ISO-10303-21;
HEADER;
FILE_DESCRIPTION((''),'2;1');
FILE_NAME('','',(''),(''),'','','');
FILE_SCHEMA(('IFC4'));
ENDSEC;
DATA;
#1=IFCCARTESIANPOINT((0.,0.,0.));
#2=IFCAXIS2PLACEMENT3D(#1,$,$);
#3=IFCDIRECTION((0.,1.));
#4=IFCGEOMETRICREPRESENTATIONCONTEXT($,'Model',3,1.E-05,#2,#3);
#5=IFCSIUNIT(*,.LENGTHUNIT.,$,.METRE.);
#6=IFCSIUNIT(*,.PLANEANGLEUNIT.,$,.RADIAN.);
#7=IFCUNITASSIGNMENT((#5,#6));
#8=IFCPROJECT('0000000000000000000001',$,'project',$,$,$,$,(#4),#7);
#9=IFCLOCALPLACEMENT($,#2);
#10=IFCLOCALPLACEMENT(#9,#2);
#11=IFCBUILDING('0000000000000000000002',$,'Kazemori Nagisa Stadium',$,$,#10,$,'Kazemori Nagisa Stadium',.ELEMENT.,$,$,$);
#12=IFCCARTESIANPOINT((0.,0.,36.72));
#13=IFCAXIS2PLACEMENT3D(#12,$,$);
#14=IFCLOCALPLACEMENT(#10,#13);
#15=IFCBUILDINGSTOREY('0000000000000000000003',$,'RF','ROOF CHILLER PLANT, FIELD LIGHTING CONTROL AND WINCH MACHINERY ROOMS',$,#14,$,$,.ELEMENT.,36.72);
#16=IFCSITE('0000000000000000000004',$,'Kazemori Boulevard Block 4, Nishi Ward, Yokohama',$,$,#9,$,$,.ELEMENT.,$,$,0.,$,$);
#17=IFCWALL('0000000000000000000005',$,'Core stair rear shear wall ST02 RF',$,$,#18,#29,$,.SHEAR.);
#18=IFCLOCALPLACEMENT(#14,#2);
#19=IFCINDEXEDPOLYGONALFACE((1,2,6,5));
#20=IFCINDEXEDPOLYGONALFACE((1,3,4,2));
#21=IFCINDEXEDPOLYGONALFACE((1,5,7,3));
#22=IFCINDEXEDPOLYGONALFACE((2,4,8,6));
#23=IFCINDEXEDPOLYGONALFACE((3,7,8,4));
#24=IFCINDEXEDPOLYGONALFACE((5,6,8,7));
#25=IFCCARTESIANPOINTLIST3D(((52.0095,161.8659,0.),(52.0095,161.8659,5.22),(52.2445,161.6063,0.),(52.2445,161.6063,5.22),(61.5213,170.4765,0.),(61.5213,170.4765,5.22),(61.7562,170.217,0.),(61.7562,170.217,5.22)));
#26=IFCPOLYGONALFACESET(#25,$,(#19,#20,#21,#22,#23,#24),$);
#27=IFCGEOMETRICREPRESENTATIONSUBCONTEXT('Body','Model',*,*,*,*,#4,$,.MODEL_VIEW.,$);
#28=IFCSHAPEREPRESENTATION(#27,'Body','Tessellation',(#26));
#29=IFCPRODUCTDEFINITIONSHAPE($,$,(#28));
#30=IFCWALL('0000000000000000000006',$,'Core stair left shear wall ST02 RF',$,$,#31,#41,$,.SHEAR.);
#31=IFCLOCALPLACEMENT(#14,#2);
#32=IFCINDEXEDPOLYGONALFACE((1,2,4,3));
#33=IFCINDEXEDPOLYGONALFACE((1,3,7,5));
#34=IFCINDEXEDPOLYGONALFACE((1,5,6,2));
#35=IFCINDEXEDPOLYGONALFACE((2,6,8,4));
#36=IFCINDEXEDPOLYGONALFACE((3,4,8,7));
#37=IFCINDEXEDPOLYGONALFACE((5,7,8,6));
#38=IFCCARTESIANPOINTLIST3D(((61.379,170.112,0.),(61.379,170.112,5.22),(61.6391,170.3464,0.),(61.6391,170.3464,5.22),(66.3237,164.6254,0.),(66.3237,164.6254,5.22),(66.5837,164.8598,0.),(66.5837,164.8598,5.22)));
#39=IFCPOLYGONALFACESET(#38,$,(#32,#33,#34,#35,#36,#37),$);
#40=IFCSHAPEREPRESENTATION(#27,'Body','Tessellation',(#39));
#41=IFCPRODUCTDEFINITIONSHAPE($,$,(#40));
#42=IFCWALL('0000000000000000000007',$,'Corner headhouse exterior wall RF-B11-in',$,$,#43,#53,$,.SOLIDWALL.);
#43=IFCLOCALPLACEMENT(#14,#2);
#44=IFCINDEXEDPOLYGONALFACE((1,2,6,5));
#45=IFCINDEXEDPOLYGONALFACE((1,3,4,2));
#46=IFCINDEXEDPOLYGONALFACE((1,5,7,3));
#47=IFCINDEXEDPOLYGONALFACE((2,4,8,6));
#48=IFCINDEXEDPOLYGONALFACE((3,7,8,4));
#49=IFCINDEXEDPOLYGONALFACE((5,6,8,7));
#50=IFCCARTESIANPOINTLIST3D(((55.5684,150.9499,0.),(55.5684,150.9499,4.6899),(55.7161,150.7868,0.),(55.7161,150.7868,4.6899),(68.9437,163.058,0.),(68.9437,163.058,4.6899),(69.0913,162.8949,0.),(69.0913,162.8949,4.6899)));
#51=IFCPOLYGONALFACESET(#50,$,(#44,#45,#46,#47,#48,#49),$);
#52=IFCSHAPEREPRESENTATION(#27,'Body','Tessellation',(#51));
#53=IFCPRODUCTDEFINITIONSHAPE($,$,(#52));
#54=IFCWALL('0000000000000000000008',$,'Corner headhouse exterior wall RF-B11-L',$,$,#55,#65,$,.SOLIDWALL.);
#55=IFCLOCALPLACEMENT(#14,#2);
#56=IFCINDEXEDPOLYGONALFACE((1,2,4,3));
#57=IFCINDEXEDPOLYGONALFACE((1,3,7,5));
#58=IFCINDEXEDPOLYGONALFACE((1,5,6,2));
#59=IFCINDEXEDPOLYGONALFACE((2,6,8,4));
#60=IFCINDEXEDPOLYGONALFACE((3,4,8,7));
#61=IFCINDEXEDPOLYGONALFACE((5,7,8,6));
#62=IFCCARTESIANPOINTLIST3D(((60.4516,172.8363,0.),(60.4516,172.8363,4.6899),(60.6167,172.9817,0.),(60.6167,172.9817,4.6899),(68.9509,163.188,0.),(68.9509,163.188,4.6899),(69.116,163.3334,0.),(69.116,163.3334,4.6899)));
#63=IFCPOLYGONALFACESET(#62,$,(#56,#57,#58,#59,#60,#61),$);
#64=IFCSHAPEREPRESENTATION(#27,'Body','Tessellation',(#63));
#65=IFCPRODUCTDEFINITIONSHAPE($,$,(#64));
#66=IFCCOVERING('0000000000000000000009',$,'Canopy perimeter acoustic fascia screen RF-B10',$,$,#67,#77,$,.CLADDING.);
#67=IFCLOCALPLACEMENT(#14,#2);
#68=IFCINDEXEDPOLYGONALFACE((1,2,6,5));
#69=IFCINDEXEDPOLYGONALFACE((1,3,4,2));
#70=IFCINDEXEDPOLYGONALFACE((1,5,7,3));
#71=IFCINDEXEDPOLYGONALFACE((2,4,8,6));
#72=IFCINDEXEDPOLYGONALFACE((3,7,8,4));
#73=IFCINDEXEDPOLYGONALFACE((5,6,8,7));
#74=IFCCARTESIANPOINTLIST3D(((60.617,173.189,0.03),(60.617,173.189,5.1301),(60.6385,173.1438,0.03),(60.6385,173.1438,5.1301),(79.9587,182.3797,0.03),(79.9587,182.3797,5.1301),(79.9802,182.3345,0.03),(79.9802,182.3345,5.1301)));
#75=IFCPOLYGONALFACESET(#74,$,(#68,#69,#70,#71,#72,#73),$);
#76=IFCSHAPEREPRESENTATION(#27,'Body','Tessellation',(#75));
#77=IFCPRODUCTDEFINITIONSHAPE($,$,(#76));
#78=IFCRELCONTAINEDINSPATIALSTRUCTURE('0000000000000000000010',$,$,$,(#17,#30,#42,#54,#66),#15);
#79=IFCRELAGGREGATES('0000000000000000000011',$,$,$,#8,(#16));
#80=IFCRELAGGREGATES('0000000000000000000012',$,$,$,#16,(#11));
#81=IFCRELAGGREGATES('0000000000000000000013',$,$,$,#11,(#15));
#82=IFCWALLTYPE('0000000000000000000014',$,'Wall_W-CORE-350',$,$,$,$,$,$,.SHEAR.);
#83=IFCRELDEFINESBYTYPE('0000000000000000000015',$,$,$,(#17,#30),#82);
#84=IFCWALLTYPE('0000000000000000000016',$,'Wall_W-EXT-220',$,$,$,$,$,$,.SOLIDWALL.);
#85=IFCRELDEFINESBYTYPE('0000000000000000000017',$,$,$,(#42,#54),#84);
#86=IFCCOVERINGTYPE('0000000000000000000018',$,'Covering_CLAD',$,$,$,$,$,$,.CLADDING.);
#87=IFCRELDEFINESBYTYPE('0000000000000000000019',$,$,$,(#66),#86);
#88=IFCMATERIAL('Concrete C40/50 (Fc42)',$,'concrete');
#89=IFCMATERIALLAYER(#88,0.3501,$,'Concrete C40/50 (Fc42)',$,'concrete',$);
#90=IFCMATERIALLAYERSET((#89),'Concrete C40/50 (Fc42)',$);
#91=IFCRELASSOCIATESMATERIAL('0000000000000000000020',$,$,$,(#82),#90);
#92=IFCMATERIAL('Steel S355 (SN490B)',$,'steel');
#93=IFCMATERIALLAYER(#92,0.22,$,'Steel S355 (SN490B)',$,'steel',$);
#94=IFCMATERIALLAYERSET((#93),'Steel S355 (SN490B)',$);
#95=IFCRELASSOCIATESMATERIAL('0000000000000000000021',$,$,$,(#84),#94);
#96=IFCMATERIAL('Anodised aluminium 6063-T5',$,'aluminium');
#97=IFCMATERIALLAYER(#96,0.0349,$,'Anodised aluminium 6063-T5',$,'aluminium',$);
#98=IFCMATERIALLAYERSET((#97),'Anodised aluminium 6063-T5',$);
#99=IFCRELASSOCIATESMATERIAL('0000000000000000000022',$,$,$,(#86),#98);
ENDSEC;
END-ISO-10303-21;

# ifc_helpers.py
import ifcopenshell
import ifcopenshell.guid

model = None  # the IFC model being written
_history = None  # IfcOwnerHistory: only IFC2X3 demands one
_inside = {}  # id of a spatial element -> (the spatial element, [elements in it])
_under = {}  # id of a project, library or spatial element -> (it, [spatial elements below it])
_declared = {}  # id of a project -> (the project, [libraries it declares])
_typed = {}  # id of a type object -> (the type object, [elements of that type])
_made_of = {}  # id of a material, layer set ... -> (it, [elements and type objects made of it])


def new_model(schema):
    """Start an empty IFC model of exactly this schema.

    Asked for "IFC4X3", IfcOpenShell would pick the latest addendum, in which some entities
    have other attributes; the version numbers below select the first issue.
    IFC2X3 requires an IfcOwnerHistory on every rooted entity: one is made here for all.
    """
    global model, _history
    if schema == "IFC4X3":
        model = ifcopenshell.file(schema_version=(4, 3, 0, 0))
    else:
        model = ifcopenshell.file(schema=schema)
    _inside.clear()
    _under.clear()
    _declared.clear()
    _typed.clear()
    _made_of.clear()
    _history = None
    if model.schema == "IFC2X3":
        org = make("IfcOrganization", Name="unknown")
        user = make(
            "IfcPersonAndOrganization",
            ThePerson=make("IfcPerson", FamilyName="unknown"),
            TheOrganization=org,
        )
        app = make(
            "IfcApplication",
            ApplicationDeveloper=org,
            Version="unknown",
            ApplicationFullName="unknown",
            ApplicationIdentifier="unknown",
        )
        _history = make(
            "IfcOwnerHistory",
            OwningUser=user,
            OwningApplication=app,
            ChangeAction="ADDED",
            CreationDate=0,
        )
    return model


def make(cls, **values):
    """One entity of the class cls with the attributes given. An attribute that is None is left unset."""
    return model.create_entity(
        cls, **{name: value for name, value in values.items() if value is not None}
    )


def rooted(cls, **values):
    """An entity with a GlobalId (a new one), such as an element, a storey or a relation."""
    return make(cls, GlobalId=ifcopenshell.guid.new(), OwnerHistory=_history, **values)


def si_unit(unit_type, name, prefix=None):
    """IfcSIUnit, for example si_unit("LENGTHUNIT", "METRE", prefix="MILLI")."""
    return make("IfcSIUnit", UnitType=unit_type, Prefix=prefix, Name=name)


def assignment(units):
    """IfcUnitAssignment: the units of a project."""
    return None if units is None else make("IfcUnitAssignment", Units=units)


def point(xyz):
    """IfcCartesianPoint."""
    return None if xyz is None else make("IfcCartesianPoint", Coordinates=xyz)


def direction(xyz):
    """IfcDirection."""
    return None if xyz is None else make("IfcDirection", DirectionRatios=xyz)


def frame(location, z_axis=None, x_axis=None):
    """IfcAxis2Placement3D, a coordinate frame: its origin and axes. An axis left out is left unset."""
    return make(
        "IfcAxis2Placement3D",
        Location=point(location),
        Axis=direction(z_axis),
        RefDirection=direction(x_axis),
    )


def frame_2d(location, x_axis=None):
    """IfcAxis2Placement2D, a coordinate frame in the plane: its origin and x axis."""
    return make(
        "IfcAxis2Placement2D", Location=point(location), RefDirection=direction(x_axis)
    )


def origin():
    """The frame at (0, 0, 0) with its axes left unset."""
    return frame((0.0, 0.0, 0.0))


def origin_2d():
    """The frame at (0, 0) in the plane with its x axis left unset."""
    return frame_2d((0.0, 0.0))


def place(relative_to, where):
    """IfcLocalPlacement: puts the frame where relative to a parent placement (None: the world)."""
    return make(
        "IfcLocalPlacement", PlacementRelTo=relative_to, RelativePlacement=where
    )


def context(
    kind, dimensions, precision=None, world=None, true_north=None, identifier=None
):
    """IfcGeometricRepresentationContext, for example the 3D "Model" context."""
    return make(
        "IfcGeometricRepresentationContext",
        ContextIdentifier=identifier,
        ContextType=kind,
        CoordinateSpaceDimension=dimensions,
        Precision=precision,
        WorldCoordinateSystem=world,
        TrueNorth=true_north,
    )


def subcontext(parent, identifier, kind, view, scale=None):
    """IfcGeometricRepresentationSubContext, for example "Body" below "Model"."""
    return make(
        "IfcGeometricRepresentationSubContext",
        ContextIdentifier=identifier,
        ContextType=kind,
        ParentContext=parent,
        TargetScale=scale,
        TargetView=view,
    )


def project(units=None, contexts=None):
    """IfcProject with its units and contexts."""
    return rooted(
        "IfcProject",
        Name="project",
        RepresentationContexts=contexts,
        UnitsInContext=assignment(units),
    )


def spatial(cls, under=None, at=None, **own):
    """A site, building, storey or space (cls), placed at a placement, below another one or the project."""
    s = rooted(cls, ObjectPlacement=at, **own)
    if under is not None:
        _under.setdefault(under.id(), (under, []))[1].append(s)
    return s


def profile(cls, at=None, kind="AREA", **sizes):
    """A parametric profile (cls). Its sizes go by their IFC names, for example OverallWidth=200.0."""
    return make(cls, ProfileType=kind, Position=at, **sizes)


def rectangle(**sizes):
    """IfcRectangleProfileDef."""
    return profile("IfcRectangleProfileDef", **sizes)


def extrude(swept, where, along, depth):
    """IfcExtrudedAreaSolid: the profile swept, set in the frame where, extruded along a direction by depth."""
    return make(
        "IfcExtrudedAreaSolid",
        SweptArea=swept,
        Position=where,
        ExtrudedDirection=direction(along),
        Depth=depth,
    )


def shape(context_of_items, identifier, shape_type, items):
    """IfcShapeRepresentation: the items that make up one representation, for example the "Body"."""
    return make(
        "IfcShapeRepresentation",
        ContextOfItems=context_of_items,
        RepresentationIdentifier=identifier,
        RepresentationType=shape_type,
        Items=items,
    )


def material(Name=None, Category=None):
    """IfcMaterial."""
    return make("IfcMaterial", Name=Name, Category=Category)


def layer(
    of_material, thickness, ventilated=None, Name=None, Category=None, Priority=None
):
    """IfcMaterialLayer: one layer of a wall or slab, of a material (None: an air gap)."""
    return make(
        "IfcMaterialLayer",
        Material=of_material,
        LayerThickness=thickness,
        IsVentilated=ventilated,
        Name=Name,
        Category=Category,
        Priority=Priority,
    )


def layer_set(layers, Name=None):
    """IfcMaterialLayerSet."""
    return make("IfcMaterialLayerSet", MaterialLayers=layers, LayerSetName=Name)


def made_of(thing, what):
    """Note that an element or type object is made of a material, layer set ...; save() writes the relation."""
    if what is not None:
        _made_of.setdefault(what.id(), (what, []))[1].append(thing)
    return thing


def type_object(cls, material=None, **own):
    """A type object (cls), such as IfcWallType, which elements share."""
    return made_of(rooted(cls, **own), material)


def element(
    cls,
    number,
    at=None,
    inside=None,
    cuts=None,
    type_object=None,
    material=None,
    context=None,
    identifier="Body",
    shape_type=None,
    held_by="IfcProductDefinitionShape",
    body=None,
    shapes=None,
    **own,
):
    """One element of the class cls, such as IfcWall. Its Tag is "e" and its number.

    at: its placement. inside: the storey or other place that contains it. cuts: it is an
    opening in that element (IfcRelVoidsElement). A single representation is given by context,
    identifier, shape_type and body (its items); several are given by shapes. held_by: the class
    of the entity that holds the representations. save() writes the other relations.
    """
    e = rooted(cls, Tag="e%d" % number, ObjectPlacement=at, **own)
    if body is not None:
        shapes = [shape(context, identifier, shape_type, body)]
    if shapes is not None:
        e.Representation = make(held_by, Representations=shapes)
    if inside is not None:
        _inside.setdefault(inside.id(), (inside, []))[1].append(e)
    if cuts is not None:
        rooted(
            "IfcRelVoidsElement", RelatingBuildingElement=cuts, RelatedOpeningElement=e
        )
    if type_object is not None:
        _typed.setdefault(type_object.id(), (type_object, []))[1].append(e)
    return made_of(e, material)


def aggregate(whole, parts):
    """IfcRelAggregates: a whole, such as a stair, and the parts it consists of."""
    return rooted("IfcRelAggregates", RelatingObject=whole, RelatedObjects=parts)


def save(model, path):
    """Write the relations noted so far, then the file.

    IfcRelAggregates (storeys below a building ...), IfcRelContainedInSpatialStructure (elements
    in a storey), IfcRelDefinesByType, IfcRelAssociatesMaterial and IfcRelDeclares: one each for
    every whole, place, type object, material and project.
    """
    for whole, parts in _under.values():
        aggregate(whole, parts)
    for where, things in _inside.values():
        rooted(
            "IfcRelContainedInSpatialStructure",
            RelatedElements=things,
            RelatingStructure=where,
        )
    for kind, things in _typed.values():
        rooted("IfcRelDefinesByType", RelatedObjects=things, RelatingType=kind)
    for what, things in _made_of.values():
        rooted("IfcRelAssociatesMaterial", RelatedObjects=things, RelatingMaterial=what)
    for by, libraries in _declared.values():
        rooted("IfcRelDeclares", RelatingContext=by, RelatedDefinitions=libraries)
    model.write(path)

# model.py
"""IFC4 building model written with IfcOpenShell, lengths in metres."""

from ifc_helpers import new_model, si_unit, direction, frame, frame_2d, origin, origin_2d, place, context, subcontext, project, spatial, rectangle, extrude, material, layer, layer_set, type_object, element, save


model = new_model("IFC4")

# Units and contexts
model_context = context("Model", 3, precision=1e-05, world=origin(), true_north=direction((0.0, 1.0)))
body_context = subcontext(model_context, "Body", "Model", "MODEL_VIEW")
ifc_project = project(units=[si_unit("LENGTHUNIT", "METRE"), si_unit("PLANEANGLEUNIT", "RADIAN")], contexts=[model_context])

# Site, building, storey
site_placement = place(None, origin())
site = spatial("IfcSite", under=ifc_project, at=site_placement, Name="Kazemori Boulevard Block 4, Nishi Ward, Yokohama", CompositionType="ELEMENT", RefElevation=0.0)
building_placement = place(site_placement, origin())
building = spatial("IfcBuilding", under=site, at=building_placement, Name="Kazemori Nagisa Stadium", LongName="Kazemori Nagisa Stadium", CompositionType="ELEMENT")
storey_placement = place(building_placement, frame((0.0, 0.0, 36.72)))
storey = spatial("IfcBuildingStorey", under=building, at=storey_placement, Name="RF", Description="ROOF CHILLER PLANT, FIELD LIGHTING CONTROL AND WINCH MACHINERY ROOMS", CompositionType="ELEMENT", Elevation=36.72)

# Shared definitions
ifc_material_1 = material(Name="Concrete C40/50 (Fc42)", Category="concrete")

# Shared definitions
ifc_layer_1 = layer(ifc_material_1, 0.3501, Name="Concrete C40/50 (Fc42)", Category="concrete")
ifc_layer_set_1 = layer_set([ifc_layer_1], Name="Concrete C40/50 (Fc42)")
wall_type_1 = type_object("IfcWallType", Name="Wall_W-CORE-350", PredefinedType="SHEAR", material=ifc_layer_set_1)

# Walls
wall_1_placement = place(storey_placement, frame((61.6387, 170.3467, 0.0), z_axis=(0.0, 0.0, 1.0), x_axis=(-0.741351, -0.671117, 0.0)))
element("IfcWall", 1, at=wall_1_placement, inside=storey, type_object=wall_type_1, Name="Core stair rear shear wall ST02 RF", PredefinedType="SHEAR", context=body_context, shape_type="SweptSolid", body=[
    extrude(rectangle(XDim=12.8303, YDim=0.3501, at=frame_2d((6.415, 0.0))), origin(), (0.0, 0.0, 1.0), 5.22),
])
wall_2_placement = place(storey_placement, frame((66.4536, 164.7427, 0.0), z_axis=(0.0, 0.0, 1.0), x_axis=(-0.669463, 0.742845, 0.0)))
element("IfcWall", 2, at=wall_2_placement, inside=storey, type_object=wall_type_1, Name="Core stair left shear wall ST02 RF", PredefinedType="SHEAR", context=body_context, shape_type="SweptSolid", body=[
    extrude(rectangle(XDim=7.386, YDim=0.3501, at=frame_2d((3.6929, 0.0))), origin(), (0.0, 0.0, 1.0), 5.22),
])
ifc_material_2 = material(Name="Steel S355 (SN490B)", Category="steel")
ifc_layer_2 = layer(ifc_material_2, 0.22, Name="Steel S355 (SN490B)", Category="steel")
ifc_layer_set_2 = layer_set([ifc_layer_2], Name="Steel S355 (SN490B)")
wall_type_2 = type_object("IfcWallType", Name="Wall_W-EXT-220", PredefinedType="SOLIDWALL", material=ifc_layer_set_2)
wall_3_placement = place(storey_placement, frame((69.0176, 162.9766, 0.0), z_axis=(0.0, 0.0, 1.0), x_axis=(-0.74135, -0.671119, 0.0)))
element("IfcWall", 3, at=wall_3_placement, inside=storey, type_object=wall_type_2, Name="Corner headhouse exterior wall RF-B11-in", PredefinedType="SOLIDWALL", context=body_context, shape_type="SweptSolid", body=[
    extrude(rectangle(XDim=18.0417, YDim=0.22, at=frame_2d((9.021, 0.0))), origin(), (0.0, 0.0, 1.0), 4.6899),
])
wall_4_placement = place(storey_placement, frame((69.0334, 163.2607, 0.0), z_axis=(0.0, 0.0, 1.0), x_axis=(-0.661016, 0.750372, 0.0)))
element("IfcWall", 4, at=wall_4_placement, inside=storey, type_object=wall_type_2, Name="Corner headhouse exterior wall RF-B11-L", PredefinedType="SOLIDWALL", context=body_context, shape_type="SweptSolid", body=[
    extrude(rectangle(XDim=12.8579, YDim=0.22, at=frame_2d((6.429, 0.0))), origin(), (0.0, 0.0, 1.0), 4.6899),
])

# Covering
ifc_material_3 = material(Name="Anodised aluminium 6063-T5", Category="aluminium")
ifc_layer_3 = layer(ifc_material_3, 0.0349, Name="Anodised aluminium 6063-T5", Category="aluminium")
ifc_layer_set_3 = layer_set([ifc_layer_3], Name="Anodised aluminium 6063-T5")
covering_type = type_object("IfcCoveringType", Name="Covering_CLAD", PredefinedType="CLADDING", material=ifc_layer_set_3)
covering_placement = place(storey_placement, frame((70.2986, 177.7617, 0.03), z_axis=(0.0, 0.0, 1.0), x_axis=(-0.903216, -0.429186, 0.0)))
element("IfcCovering", 5, at=covering_placement, inside=storey, type_object=covering_type, Name="Canopy perimeter acoustic fascia screen RF-B10", PredefinedType="CLADDING", context=body_context, shape_type="SweptSolid", body=[
    extrude(rectangle(XDim=21.4143, YDim=0.05, at=origin_2d()), origin(), (0.0, 0.0, 1.0), 5.1001),
])

save(model, "model.ifc")
